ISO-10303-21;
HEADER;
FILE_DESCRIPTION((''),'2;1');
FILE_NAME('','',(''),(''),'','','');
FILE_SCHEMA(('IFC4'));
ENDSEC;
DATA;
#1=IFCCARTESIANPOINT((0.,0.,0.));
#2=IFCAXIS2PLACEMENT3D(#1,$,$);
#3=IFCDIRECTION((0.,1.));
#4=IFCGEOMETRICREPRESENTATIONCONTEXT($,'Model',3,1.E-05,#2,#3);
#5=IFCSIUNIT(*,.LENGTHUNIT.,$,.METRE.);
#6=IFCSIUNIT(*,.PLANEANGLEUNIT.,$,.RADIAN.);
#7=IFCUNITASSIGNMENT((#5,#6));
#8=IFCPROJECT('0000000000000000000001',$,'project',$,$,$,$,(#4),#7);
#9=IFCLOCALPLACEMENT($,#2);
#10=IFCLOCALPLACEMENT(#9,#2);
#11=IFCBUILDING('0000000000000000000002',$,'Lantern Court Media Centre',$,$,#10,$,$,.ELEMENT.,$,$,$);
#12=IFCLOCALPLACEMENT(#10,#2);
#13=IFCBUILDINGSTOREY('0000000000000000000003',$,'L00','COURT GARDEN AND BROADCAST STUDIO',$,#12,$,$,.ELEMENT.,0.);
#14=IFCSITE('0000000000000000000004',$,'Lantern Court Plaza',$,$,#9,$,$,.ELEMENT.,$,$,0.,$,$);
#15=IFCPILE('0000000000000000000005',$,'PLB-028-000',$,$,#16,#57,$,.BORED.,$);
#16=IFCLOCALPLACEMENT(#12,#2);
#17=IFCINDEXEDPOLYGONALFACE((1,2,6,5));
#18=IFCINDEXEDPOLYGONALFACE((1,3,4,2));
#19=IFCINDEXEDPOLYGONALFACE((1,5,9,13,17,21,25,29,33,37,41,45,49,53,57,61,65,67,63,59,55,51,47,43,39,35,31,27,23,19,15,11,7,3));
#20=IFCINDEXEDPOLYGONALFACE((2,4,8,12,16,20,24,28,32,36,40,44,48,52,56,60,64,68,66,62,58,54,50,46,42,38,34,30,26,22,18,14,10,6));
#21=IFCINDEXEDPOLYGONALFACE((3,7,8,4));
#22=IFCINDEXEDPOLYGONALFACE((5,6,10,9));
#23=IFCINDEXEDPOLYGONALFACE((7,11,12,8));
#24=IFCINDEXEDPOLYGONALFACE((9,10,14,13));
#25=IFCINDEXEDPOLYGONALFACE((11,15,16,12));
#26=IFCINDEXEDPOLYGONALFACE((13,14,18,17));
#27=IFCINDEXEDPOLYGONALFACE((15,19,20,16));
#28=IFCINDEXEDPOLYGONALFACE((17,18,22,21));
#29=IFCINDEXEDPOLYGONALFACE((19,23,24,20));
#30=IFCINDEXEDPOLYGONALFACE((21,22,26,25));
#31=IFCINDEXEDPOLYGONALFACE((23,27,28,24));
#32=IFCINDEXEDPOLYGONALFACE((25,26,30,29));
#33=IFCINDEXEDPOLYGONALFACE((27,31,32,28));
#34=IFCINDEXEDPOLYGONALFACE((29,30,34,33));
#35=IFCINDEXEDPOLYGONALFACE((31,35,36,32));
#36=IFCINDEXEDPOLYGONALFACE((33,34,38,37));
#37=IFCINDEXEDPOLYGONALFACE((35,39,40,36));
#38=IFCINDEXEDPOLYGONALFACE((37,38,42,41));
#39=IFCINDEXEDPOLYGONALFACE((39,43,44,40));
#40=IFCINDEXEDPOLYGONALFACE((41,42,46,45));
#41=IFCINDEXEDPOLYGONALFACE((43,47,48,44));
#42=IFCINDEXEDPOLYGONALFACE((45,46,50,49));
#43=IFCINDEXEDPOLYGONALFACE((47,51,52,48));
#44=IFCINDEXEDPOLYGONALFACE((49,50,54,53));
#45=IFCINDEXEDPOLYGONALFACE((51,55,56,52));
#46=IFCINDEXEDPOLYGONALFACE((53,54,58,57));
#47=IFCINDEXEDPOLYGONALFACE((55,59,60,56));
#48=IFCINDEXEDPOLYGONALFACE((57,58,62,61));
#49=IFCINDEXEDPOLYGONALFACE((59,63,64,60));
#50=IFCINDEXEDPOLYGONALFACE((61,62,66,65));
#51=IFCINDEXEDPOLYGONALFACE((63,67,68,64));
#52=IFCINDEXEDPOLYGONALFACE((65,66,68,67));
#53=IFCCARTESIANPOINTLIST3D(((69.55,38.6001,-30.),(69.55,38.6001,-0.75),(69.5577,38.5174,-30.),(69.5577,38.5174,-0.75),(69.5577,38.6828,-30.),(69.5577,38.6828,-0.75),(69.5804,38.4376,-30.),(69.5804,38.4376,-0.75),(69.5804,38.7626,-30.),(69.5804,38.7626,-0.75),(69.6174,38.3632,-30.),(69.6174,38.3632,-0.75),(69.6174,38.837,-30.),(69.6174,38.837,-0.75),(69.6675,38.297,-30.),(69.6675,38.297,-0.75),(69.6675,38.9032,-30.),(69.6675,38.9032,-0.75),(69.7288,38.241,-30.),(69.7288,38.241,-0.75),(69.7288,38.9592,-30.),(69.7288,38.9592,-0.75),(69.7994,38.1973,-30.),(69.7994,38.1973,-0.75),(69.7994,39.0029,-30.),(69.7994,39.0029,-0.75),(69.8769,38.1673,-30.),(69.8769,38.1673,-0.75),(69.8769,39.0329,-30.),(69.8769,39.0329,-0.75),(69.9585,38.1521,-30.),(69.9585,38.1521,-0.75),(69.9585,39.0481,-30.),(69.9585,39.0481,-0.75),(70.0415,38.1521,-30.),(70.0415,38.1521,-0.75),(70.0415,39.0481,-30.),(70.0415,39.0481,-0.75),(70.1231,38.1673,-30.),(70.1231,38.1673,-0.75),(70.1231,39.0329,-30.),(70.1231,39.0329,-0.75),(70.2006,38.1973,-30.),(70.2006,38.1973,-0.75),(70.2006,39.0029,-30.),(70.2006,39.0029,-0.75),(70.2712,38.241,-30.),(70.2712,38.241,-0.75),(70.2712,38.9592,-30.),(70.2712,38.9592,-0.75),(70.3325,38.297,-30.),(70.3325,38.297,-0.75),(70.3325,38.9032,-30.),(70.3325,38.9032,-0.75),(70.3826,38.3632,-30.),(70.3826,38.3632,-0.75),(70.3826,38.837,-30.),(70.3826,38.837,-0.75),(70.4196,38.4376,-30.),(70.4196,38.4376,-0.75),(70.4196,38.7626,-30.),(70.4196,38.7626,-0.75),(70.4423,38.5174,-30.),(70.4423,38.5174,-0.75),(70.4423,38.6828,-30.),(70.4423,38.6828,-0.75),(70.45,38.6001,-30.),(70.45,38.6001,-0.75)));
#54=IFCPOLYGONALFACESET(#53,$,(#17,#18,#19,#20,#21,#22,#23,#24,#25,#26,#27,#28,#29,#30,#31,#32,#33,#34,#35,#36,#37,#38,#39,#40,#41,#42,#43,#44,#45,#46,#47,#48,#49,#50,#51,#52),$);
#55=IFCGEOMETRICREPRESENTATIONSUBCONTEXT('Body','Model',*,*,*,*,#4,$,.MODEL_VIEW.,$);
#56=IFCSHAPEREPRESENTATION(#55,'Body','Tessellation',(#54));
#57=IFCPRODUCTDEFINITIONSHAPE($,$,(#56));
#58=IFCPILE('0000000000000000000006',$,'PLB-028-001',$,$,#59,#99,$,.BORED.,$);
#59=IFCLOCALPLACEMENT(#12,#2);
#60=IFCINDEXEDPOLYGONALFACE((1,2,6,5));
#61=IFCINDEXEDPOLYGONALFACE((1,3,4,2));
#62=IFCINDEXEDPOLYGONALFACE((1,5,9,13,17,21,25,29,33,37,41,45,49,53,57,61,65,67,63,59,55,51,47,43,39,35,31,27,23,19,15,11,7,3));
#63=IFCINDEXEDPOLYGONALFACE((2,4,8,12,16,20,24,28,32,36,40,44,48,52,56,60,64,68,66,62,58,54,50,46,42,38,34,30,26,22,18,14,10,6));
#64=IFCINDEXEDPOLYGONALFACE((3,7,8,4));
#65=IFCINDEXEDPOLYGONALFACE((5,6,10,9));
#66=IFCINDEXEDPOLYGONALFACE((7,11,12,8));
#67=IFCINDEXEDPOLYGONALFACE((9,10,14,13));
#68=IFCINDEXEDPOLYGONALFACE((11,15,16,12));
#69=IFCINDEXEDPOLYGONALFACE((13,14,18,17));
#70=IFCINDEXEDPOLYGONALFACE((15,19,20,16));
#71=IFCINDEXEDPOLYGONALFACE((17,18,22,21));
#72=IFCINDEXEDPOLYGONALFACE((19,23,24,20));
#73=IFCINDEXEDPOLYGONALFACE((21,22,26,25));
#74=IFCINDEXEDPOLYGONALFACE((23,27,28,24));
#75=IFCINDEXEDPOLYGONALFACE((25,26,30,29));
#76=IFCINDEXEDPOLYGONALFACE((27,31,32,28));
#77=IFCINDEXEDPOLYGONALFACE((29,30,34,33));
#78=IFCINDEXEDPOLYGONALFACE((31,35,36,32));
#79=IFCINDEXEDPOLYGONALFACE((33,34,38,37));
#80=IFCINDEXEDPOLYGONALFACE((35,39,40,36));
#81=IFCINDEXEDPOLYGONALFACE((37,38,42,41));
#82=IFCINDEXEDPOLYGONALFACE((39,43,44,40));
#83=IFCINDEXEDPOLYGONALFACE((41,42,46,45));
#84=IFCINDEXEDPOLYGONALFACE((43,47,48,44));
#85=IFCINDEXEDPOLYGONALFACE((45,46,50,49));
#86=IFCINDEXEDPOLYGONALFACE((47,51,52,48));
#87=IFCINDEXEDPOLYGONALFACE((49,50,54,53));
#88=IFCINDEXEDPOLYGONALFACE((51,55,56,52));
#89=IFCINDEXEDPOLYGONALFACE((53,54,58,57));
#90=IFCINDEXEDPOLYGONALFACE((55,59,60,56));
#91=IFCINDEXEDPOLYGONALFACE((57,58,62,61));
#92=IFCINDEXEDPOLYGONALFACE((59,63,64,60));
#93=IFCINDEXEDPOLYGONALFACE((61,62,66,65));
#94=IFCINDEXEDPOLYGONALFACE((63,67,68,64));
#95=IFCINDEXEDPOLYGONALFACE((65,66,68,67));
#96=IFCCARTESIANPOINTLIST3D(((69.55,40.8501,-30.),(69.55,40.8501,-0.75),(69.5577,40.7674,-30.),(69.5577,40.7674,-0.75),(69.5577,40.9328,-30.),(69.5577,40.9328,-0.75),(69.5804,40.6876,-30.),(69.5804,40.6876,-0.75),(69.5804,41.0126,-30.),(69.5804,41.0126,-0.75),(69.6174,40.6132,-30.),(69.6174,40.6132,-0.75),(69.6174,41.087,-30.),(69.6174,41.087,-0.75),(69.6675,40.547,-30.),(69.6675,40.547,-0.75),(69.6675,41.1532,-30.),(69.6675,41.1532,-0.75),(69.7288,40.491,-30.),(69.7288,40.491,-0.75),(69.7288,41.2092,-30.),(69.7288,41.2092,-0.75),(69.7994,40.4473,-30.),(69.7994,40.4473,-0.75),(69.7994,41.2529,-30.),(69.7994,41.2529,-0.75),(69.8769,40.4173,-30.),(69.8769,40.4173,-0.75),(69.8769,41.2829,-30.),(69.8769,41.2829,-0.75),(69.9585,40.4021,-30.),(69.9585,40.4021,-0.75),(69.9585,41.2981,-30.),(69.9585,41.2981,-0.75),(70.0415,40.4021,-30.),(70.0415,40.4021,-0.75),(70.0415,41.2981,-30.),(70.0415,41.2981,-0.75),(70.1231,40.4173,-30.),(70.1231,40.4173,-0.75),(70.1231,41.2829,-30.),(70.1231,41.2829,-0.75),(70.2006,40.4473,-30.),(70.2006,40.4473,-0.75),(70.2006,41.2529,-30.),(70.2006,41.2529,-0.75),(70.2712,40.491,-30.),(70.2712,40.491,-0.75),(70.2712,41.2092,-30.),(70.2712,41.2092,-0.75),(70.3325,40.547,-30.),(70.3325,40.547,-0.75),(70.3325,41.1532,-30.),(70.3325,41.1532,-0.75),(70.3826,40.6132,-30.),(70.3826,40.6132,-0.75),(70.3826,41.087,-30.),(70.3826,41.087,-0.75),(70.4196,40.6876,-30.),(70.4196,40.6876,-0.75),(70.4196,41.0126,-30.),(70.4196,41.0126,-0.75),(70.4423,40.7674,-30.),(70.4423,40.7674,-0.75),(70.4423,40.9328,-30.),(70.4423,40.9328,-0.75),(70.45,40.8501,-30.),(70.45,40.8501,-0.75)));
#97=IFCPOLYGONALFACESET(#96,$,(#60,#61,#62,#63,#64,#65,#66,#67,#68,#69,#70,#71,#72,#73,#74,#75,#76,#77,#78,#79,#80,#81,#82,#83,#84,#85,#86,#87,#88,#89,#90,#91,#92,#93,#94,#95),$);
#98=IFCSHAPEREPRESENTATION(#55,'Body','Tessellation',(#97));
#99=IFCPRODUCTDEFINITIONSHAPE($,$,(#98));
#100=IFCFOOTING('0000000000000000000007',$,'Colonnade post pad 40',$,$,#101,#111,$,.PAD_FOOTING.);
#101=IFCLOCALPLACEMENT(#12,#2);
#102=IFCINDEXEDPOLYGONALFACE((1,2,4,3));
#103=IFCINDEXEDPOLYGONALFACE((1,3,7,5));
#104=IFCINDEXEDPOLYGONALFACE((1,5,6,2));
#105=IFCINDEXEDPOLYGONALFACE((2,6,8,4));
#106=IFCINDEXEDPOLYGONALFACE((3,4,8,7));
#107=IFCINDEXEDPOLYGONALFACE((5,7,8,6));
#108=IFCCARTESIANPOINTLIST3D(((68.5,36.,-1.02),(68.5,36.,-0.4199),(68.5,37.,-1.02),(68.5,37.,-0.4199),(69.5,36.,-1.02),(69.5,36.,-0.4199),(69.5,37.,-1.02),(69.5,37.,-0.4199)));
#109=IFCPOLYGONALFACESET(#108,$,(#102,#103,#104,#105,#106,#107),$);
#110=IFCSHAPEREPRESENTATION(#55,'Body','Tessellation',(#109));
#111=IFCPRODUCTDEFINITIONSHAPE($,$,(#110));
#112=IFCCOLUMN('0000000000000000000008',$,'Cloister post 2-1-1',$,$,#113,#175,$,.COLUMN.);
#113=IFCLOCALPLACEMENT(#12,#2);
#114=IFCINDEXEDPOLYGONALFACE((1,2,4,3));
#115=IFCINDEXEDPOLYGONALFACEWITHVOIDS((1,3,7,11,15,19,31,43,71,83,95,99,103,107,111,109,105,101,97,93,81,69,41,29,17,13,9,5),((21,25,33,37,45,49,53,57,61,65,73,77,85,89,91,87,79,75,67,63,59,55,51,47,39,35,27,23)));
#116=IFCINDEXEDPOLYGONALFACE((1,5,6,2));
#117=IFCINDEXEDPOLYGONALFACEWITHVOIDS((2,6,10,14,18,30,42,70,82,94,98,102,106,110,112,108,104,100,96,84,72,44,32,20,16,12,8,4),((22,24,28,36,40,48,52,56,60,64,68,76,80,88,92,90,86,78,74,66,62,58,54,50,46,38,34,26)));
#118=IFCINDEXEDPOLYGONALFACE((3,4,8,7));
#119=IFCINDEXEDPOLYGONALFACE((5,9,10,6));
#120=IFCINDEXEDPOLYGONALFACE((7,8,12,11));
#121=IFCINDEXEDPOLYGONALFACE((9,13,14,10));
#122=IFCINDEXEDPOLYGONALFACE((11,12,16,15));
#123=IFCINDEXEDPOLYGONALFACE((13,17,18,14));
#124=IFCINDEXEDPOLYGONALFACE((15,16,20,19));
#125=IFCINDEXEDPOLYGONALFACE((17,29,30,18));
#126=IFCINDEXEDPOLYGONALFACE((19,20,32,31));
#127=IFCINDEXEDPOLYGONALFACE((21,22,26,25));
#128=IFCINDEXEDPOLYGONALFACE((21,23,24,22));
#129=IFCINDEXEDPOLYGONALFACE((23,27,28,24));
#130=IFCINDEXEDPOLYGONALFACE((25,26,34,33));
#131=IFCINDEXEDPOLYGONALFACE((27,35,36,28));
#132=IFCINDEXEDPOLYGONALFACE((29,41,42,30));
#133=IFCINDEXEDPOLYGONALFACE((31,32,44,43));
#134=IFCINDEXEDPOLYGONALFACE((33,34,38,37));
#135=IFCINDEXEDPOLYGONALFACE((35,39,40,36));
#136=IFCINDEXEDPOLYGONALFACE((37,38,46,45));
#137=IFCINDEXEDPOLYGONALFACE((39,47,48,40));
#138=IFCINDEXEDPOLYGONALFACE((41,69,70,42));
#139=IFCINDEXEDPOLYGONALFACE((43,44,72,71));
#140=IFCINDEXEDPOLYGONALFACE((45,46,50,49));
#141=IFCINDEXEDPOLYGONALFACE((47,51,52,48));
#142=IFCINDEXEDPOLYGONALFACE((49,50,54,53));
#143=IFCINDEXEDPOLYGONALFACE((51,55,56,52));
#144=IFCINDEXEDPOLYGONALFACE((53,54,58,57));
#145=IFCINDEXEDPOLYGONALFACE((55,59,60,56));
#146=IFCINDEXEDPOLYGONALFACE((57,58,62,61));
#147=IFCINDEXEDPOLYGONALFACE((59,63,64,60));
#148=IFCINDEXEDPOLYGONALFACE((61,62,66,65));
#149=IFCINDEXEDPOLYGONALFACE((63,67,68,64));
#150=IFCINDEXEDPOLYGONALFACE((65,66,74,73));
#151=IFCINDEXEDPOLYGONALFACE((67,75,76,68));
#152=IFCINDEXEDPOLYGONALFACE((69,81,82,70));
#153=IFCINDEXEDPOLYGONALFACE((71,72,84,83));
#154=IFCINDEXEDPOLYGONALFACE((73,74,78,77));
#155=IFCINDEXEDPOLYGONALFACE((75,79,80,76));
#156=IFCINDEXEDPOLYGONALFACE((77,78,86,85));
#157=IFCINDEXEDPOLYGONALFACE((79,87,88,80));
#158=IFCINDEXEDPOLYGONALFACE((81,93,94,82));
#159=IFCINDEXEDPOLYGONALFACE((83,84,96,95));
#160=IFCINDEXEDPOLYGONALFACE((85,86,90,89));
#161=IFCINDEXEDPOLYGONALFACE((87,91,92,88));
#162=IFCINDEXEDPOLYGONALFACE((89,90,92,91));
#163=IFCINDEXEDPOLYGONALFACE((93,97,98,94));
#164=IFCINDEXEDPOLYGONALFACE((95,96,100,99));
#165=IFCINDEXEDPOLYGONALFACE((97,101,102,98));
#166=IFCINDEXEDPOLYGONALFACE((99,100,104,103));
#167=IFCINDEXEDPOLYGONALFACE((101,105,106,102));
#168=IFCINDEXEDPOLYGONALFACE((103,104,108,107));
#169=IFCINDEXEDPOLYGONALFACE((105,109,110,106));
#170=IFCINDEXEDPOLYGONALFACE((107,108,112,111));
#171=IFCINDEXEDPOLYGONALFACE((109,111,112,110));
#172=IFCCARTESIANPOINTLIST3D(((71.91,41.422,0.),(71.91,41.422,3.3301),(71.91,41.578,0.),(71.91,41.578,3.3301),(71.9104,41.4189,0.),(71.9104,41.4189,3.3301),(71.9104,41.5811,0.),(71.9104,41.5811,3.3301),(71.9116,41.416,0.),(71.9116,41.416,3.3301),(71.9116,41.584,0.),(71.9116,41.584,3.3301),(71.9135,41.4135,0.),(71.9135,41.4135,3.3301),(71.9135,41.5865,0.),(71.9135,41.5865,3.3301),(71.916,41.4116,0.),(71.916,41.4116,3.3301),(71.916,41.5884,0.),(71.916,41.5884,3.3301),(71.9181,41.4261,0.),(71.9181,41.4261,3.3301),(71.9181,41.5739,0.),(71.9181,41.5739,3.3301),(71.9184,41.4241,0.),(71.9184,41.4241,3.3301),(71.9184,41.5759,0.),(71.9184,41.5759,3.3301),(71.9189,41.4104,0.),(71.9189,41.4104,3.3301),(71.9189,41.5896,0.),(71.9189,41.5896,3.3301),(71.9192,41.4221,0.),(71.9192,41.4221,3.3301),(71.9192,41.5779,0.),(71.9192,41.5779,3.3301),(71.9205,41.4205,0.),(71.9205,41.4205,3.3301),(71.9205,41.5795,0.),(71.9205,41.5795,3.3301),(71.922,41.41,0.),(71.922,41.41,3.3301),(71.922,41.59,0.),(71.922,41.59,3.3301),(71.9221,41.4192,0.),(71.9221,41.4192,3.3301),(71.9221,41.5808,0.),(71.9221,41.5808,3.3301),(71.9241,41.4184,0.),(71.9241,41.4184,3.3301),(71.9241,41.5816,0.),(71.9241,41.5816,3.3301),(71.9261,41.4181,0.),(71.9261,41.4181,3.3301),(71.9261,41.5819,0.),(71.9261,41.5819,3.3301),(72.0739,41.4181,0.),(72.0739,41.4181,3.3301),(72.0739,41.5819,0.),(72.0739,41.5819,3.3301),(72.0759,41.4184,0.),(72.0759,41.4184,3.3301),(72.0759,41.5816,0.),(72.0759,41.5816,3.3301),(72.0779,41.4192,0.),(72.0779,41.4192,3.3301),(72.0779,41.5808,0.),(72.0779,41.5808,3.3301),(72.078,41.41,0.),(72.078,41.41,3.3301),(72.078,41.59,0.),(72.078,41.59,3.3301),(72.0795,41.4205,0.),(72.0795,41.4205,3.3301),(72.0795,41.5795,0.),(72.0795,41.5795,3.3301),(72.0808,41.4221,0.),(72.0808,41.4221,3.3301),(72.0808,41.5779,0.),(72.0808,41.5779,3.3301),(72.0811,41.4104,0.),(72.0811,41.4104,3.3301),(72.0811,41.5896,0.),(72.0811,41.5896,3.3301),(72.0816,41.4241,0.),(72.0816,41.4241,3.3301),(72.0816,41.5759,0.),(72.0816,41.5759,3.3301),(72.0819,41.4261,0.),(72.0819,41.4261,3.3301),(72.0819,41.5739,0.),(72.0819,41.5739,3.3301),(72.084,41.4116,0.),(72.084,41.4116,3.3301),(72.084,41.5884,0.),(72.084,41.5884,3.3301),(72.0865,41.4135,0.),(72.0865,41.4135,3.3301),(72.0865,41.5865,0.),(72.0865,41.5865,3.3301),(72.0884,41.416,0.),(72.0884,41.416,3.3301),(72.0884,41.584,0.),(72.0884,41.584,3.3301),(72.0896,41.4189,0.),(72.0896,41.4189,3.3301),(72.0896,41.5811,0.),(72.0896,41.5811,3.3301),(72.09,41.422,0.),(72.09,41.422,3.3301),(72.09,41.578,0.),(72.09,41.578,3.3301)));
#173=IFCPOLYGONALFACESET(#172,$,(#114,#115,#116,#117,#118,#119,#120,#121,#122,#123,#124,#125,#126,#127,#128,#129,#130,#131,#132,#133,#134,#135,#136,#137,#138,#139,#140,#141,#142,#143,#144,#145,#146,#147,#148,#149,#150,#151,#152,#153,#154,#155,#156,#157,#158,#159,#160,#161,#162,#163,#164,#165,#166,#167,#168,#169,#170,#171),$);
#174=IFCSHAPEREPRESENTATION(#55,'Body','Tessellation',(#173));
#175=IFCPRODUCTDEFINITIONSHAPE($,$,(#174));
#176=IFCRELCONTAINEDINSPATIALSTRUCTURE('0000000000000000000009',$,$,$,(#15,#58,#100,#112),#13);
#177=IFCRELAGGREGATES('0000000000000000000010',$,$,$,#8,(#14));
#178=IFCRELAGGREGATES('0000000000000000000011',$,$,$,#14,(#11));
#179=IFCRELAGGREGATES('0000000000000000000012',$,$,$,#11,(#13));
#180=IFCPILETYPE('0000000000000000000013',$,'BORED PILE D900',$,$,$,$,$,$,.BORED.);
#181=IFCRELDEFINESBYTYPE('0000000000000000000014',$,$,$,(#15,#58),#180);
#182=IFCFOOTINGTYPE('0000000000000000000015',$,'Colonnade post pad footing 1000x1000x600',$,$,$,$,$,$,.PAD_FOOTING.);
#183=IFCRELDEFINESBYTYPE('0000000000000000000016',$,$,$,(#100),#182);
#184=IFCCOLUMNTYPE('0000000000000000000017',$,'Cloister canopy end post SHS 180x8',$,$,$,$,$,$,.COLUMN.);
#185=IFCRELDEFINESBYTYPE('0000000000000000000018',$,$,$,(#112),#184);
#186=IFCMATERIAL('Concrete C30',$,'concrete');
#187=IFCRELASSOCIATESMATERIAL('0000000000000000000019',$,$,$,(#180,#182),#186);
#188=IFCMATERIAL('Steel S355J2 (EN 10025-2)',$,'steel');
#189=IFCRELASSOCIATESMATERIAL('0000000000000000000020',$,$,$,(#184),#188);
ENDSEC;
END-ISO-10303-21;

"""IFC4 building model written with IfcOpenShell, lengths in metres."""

from ifc_helpers import new_model, si_unit, direction, frame, origin, origin_2d, place, context, subcontext, project, spatial, rectangle, hollow_rectangle, circle, extrude, material, material_profile, profile_set, type_object, element, save


model = new_model("IFC4")

# Units and contexts
model_context = context("Model", 3, precision=1e-05, world=origin(), true_north=direction((0.0, 1.0)))
body_context = subcontext(model_context, "Body", "Model", "MODEL_VIEW")
ifc_project = project(units=[si_unit("LENGTHUNIT", "METRE"), si_unit("PLANEANGLEUNIT", "RADIAN")], contexts=[model_context])

# Site, building, storey
site_placement = place(None, origin())
site = spatial("IfcSite", under=ifc_project, at=site_placement, Name="Lantern Court Plaza", CompositionType="ELEMENT", RefElevation=0.0)
building_placement = place(site_placement, origin())
building = spatial("IfcBuilding", under=site, at=building_placement, Name="Lantern Court Media Centre", CompositionType="ELEMENT")
storey_placement = place(building_placement, origin())
storey = spatial("IfcBuildingStorey", under=building, at=storey_placement, Name="L00", Description="COURT GARDEN AND BROADCAST STUDIO", CompositionType="ELEMENT", Elevation=0.0)

# Piles
ifc_material_1 = material(Name="Concrete C30", Category="concrete")
ifc_material_profile_1 = material_profile(ifc_material_1, circle(Radius=0.45, at=origin_2d()), Name="D900")
ifc_profile_set_1 = profile_set([ifc_material_profile_1], Name="Concrete C30")
pile_type = type_object("IfcPileType", Name="BORED PILE D900", PredefinedType="BORED", material=ifc_profile_set_1)
for number, where, z_axis, x_axis, name in (
    (1, (70.0, 38.6001, -0.75), (0.0, 0.0, -1.0), (1.0, 0.0, 0.0), "PLB-028-000"),
    (2, (70.0, 40.8501, -0.75), (0.0, 0.0, -1.0), (1.0, 0.0, 0.0), "PLB-028-001"),
):
    element("IfcPile", number, at=place(storey_placement, frame(where, z_axis=z_axis, x_axis=x_axis)), inside=storey, type_object=pile_type, Name=name, PredefinedType="BORED", context=body_context, shape_type="SweptSolid", body=[
        extrude(circle(Radius=0.45, at=origin_2d()), origin(), (0.0, 0.0, 1.0), 29.25),
    ])

# Footing
footing_type = type_object("IfcFootingType", Name="Colonnade post pad footing 1000x1000x600", PredefinedType="PAD_FOOTING", material=ifc_material_1)
footing_placement = place(storey_placement, frame((69.0, 36.5, -1.02), z_axis=(0.0, 0.0, 1.0), x_axis=(1.0, 0.0, 0.0)))
element("IfcFooting", 3, at=footing_placement, inside=storey, type_object=footing_type, Name="Colonnade post pad 40", PredefinedType="PAD_FOOTING", context=body_context, shape_type="SweptSolid", body=[
    extrude(rectangle(XDim=1.0, YDim=1.0, at=origin_2d()), origin(), (0.0, 0.0, 1.0), 0.6001),
])

# Column
ifc_material_2 = material(Name="Steel S355J2 (EN 10025-2)", Category="steel")
ifc_material_profile_2 = material_profile(ifc_material_2, hollow_rectangle(XDim=0.1799, YDim=0.1799, WallThickness=0.0081, InnerFilletRadius=0.0081, OuterFilletRadius=0.012, at=origin_2d()), Name="Cloister canopy end post SHS 180x8")
ifc_profile_set_2 = profile_set([ifc_material_profile_2], Name="Steel S355J2 (EN 10025-2)")
column_type_1 = type_object("IfcColumnType", Name="Cloister canopy end post SHS 180x8", PredefinedType="COLUMN", material=ifc_profile_set_2)
column_1_placement = place(storey_placement, frame((72.0, 41.5, 0.0), z_axis=(0.0, 0.0, 1.0), x_axis=(1.0, 0.0, 0.0)))
element("IfcColumn", 4, at=column_1_placement, inside=storey, type_object=column_type_1, Name="Cloister post 2-1-1", PredefinedType="COLUMN", context=body_context, shape_type="SweptSolid", body=[
    extrude(hollow_rectangle(XDim=0.1799, YDim=0.1799, WallThickness=0.0081, InnerFilletRadius=0.0081, OuterFilletRadius=0.012, at=origin_2d()), origin(), (0.0, 0.0, 1.0), 3.3301),
])

save(model, "model.ifc")
